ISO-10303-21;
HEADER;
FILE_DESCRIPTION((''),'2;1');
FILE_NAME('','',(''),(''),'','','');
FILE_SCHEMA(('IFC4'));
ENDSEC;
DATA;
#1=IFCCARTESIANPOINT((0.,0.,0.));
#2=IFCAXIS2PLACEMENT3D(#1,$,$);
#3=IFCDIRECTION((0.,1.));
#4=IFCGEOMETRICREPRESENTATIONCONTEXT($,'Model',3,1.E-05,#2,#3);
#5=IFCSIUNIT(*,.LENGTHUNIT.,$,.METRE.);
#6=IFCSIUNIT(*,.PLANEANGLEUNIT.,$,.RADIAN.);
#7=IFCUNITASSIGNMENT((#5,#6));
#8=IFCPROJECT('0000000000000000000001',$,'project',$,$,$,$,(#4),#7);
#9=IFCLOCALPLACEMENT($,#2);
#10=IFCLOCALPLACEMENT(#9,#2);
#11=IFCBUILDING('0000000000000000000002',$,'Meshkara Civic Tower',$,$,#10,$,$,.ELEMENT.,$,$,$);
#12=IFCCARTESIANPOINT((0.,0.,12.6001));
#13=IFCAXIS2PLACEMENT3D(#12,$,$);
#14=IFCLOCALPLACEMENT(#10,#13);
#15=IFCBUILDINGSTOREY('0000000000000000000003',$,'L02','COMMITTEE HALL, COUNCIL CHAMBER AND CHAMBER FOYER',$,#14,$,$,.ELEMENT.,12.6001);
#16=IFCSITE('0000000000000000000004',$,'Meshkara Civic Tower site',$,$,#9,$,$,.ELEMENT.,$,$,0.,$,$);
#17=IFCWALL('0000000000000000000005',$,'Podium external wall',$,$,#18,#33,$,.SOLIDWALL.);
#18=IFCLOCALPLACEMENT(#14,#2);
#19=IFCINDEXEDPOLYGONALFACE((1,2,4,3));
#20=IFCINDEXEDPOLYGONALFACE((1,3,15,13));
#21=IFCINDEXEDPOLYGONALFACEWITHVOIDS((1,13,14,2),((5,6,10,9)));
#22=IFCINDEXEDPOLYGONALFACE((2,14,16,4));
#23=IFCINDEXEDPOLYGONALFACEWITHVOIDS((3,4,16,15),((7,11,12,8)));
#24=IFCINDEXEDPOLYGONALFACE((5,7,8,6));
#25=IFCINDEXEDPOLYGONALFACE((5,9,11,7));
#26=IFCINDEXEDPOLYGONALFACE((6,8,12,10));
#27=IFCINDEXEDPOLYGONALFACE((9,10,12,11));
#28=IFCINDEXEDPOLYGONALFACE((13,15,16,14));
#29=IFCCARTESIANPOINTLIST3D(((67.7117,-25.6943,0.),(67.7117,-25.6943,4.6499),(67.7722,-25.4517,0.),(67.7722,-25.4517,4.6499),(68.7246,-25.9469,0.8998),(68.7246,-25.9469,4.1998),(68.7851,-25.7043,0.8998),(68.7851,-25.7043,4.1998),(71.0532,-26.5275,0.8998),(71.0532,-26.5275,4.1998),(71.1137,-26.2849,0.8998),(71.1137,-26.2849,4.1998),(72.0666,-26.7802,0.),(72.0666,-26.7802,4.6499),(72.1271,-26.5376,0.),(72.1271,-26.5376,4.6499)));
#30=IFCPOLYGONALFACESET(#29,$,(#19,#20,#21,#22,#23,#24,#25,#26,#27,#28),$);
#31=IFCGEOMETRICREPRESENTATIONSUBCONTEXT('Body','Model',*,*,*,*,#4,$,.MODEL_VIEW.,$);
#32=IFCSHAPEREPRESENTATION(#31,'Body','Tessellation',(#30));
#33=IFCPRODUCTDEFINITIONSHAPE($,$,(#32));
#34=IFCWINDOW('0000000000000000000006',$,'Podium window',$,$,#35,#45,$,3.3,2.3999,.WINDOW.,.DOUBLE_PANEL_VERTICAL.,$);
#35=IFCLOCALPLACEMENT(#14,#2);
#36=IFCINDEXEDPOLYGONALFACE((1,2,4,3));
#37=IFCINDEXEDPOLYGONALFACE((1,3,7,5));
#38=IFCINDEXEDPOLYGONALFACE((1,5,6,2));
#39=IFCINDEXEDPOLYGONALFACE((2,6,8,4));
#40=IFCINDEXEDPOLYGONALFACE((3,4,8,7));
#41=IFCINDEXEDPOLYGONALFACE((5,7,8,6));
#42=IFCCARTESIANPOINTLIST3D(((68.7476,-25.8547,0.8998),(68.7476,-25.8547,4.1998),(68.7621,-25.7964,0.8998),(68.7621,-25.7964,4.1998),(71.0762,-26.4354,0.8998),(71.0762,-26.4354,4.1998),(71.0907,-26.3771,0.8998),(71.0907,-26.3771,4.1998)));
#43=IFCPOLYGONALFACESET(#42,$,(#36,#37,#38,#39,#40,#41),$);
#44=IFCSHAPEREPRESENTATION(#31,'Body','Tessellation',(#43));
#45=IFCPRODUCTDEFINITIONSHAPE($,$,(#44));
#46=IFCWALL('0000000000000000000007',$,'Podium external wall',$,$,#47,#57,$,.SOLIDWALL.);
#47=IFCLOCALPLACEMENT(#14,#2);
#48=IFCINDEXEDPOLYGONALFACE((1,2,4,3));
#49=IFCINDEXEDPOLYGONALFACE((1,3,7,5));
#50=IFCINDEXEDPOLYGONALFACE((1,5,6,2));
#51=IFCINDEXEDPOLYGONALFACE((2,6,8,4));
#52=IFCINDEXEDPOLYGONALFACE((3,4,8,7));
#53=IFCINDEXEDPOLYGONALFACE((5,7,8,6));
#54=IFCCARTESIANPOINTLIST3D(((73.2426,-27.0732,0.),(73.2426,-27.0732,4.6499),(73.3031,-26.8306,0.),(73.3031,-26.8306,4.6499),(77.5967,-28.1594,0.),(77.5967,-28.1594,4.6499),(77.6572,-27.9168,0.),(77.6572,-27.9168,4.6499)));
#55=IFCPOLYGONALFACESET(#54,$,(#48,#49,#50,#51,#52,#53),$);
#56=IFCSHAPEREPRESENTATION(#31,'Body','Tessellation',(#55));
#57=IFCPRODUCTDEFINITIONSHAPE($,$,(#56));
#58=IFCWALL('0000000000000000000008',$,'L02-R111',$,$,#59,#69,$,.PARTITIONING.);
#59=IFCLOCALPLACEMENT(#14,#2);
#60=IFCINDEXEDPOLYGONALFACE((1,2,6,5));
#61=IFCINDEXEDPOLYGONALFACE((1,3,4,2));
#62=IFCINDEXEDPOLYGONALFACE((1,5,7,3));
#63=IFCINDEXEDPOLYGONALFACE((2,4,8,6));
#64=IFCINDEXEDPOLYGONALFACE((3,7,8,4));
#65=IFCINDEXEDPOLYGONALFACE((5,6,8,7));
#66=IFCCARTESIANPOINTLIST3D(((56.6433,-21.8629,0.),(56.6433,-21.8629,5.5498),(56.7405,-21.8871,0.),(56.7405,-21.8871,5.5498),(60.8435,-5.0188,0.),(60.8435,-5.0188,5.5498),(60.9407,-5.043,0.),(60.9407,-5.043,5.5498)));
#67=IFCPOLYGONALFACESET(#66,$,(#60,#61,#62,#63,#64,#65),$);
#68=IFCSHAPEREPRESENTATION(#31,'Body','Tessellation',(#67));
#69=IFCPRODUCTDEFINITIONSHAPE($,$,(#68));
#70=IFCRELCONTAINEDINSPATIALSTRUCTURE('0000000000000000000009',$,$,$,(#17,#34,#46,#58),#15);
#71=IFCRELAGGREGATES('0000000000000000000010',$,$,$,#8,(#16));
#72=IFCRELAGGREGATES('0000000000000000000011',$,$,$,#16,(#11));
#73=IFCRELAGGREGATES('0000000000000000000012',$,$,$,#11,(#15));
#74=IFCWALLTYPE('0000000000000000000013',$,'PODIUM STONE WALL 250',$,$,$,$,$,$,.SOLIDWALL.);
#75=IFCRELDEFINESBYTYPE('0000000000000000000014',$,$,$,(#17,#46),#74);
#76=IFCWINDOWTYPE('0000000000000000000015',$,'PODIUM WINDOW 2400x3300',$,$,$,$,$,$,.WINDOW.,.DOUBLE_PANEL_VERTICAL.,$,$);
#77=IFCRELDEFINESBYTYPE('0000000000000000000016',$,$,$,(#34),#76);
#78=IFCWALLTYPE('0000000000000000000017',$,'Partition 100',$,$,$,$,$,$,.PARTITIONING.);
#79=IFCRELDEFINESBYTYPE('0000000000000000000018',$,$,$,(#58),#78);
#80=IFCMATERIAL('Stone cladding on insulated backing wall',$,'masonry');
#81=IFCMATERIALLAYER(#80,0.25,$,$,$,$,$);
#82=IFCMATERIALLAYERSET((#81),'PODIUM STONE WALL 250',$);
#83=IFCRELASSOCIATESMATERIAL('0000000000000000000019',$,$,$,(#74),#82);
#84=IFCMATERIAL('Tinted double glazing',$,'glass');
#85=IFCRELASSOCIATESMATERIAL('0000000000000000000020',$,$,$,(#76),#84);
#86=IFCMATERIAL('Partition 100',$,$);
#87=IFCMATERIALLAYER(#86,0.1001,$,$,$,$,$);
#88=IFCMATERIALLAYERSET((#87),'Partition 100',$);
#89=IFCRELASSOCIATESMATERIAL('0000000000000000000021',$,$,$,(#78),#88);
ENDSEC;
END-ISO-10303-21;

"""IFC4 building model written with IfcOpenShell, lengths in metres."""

from ifc_helpers import new_model, si_unit, direction, frame, frame_2d, origin, place, context, subcontext, project, spatial, rectangle, extrude, material, layer, layer_set, type_object, element, fill, save


model = new_model("IFC4")

# Units and contexts
model_context = context("Model", 3, precision=1e-05, world=origin(), true_north=direction((0.0, 1.0)))
body_context = subcontext(model_context, "Body", "Model", "MODEL_VIEW")
ifc_project = project(units=[si_unit("LENGTHUNIT", "METRE"), si_unit("PLANEANGLEUNIT", "RADIAN")], contexts=[model_context])

# Site, building, storey
site_placement = place(None, origin())
site = spatial("IfcSite", under=ifc_project, at=site_placement, Name="Meshkara Civic Tower site", CompositionType="ELEMENT", RefElevation=0.0)
building_placement = place(site_placement, origin())
building = spatial("IfcBuilding", under=site, at=building_placement, Name="Meshkara Civic Tower", CompositionType="ELEMENT")
storey_placement = place(building_placement, frame((0.0, 0.0, 12.6001)))
storey = spatial("IfcBuildingStorey", under=building, at=storey_placement, Name="L02", Description="COMMITTEE HALL, COUNCIL CHAMBER AND CHAMBER FOYER", CompositionType="ELEMENT", Elevation=12.6001)

# Shared definitions
ifc_material_1 = material(Name="Stone cladding on insulated backing wall", Category="masonry")
ifc_layer_1 = layer(ifc_material_1, 0.25)
ifc_layer_set_1 = layer_set([ifc_layer_1], Name="PODIUM STONE WALL 250")
wall_type_1 = type_object("IfcWallType", Name="PODIUM STONE WALL 250", PredefinedType="SOLIDWALL", material=ifc_layer_set_1)

# Wall, opening, window
wall_1_placement = place(storey_placement, frame((67.7419, -25.573, 0.0), z_axis=(0.0, 0.0, 1.0), x_axis=(0.97029, -0.241947, 0.0)))
wall_1 = element("IfcWall", 1, at=wall_1_placement, inside=storey, type_object=wall_type_1, Name="Podium external wall", PredefinedType="SOLIDWALL", context=body_context, shape_type="SweptSolid", body=[
    extrude(rectangle(XDim=4.4883, YDim=0.25, at=frame_2d((2.2441, 0.0))), origin(), (0.0, 0.0, 1.0), 4.6499),
])
opening_placement = place(wall_1_placement, frame((1.0439, 0.0, 0.8999)))
opening = element("IfcOpeningElement", 2, at=opening_placement, cuts=wall_1, PredefinedType="OPENING", context=body_context, shape_type="SweptSolid", body=[
    extrude(rectangle(XDim=2.3999, YDim=3.3, at=frame_2d((1.2, 1.6499))), frame((0.0, 0.135, 0.0), z_axis=(0.0, -1.0, 0.0), x_axis=(1.0, 0.0, 0.0)), (0.0, 0.0, 1.0), 0.27),
])
ifc_material_2 = material(Name="Tinted double glazing", Category="glass")
window_type = type_object("IfcWindowType", Name="PODIUM WINDOW 2400x3300", PartitioningType="DOUBLE_PANEL_VERTICAL", PredefinedType="WINDOW", material=ifc_material_2)
window_placement = place(opening_placement, origin())
window = element("IfcWindow", 3, at=window_placement, inside=storey, type_object=window_type, Name="Podium window", OverallHeight=3.3, OverallWidth=2.3999, PartitioningType="DOUBLE_PANEL_VERTICAL", PredefinedType="WINDOW", context=body_context, shape_type="SweptSolid", body=[
    extrude(rectangle(XDim=2.3999, YDim=3.3, at=frame_2d((1.2, 1.6499))), frame((0.0, 0.03, 0.0), z_axis=(0.0, -1.0, 0.0), x_axis=(1.0, 0.0, 0.0)), (0.0, 0.0, 1.0), 0.0601),
])
fill(opening, window)

# Walls
wall_2_placement = place(storey_placement, frame((73.2729, -26.9519, 0.0), z_axis=(0.0, 0.0, 1.0), x_axis=(0.970264, -0.242049, 0.0)))
element("IfcWall", 4, at=wall_2_placement, inside=storey, type_object=wall_type_1, Name="Podium external wall", PredefinedType="SOLIDWALL", context=body_context, shape_type="SweptSolid", body=[
    extrude(rectangle(XDim=4.4875, YDim=0.25, at=frame_2d((2.2437, 0.0))), origin(), (0.0, 0.0, 1.0), 4.6499),
])
ifc_material_3 = material(Name="Partition 100")
ifc_layer_2 = layer(ifc_material_3, 0.1001)
ifc_layer_set_2 = layer_set([ifc_layer_2], Name="Partition 100")
wall_type_2 = type_object("IfcWallType", Name="Partition 100", PredefinedType="PARTITIONING", material=ifc_layer_set_2)
wall_3_placement = place(storey_placement, frame((56.6919, -21.875, 0.0), z_axis=(0.0, 0.0, 1.0), x_axis=(0.24195, 0.970289, 0.0)))
element("IfcWall", 5, at=wall_3_placement, inside=storey, type_object=wall_type_2, Name="L02-R111", PredefinedType="PARTITIONING", context=body_context, shape_type="SweptSolid", body=[
    extrude(rectangle(XDim=17.3599, YDim=0.1001, at=frame_2d((8.6799, 0.0))), origin(), (0.0, 0.0, 1.0), 5.5498),
])

save(model, "model.ifc")
